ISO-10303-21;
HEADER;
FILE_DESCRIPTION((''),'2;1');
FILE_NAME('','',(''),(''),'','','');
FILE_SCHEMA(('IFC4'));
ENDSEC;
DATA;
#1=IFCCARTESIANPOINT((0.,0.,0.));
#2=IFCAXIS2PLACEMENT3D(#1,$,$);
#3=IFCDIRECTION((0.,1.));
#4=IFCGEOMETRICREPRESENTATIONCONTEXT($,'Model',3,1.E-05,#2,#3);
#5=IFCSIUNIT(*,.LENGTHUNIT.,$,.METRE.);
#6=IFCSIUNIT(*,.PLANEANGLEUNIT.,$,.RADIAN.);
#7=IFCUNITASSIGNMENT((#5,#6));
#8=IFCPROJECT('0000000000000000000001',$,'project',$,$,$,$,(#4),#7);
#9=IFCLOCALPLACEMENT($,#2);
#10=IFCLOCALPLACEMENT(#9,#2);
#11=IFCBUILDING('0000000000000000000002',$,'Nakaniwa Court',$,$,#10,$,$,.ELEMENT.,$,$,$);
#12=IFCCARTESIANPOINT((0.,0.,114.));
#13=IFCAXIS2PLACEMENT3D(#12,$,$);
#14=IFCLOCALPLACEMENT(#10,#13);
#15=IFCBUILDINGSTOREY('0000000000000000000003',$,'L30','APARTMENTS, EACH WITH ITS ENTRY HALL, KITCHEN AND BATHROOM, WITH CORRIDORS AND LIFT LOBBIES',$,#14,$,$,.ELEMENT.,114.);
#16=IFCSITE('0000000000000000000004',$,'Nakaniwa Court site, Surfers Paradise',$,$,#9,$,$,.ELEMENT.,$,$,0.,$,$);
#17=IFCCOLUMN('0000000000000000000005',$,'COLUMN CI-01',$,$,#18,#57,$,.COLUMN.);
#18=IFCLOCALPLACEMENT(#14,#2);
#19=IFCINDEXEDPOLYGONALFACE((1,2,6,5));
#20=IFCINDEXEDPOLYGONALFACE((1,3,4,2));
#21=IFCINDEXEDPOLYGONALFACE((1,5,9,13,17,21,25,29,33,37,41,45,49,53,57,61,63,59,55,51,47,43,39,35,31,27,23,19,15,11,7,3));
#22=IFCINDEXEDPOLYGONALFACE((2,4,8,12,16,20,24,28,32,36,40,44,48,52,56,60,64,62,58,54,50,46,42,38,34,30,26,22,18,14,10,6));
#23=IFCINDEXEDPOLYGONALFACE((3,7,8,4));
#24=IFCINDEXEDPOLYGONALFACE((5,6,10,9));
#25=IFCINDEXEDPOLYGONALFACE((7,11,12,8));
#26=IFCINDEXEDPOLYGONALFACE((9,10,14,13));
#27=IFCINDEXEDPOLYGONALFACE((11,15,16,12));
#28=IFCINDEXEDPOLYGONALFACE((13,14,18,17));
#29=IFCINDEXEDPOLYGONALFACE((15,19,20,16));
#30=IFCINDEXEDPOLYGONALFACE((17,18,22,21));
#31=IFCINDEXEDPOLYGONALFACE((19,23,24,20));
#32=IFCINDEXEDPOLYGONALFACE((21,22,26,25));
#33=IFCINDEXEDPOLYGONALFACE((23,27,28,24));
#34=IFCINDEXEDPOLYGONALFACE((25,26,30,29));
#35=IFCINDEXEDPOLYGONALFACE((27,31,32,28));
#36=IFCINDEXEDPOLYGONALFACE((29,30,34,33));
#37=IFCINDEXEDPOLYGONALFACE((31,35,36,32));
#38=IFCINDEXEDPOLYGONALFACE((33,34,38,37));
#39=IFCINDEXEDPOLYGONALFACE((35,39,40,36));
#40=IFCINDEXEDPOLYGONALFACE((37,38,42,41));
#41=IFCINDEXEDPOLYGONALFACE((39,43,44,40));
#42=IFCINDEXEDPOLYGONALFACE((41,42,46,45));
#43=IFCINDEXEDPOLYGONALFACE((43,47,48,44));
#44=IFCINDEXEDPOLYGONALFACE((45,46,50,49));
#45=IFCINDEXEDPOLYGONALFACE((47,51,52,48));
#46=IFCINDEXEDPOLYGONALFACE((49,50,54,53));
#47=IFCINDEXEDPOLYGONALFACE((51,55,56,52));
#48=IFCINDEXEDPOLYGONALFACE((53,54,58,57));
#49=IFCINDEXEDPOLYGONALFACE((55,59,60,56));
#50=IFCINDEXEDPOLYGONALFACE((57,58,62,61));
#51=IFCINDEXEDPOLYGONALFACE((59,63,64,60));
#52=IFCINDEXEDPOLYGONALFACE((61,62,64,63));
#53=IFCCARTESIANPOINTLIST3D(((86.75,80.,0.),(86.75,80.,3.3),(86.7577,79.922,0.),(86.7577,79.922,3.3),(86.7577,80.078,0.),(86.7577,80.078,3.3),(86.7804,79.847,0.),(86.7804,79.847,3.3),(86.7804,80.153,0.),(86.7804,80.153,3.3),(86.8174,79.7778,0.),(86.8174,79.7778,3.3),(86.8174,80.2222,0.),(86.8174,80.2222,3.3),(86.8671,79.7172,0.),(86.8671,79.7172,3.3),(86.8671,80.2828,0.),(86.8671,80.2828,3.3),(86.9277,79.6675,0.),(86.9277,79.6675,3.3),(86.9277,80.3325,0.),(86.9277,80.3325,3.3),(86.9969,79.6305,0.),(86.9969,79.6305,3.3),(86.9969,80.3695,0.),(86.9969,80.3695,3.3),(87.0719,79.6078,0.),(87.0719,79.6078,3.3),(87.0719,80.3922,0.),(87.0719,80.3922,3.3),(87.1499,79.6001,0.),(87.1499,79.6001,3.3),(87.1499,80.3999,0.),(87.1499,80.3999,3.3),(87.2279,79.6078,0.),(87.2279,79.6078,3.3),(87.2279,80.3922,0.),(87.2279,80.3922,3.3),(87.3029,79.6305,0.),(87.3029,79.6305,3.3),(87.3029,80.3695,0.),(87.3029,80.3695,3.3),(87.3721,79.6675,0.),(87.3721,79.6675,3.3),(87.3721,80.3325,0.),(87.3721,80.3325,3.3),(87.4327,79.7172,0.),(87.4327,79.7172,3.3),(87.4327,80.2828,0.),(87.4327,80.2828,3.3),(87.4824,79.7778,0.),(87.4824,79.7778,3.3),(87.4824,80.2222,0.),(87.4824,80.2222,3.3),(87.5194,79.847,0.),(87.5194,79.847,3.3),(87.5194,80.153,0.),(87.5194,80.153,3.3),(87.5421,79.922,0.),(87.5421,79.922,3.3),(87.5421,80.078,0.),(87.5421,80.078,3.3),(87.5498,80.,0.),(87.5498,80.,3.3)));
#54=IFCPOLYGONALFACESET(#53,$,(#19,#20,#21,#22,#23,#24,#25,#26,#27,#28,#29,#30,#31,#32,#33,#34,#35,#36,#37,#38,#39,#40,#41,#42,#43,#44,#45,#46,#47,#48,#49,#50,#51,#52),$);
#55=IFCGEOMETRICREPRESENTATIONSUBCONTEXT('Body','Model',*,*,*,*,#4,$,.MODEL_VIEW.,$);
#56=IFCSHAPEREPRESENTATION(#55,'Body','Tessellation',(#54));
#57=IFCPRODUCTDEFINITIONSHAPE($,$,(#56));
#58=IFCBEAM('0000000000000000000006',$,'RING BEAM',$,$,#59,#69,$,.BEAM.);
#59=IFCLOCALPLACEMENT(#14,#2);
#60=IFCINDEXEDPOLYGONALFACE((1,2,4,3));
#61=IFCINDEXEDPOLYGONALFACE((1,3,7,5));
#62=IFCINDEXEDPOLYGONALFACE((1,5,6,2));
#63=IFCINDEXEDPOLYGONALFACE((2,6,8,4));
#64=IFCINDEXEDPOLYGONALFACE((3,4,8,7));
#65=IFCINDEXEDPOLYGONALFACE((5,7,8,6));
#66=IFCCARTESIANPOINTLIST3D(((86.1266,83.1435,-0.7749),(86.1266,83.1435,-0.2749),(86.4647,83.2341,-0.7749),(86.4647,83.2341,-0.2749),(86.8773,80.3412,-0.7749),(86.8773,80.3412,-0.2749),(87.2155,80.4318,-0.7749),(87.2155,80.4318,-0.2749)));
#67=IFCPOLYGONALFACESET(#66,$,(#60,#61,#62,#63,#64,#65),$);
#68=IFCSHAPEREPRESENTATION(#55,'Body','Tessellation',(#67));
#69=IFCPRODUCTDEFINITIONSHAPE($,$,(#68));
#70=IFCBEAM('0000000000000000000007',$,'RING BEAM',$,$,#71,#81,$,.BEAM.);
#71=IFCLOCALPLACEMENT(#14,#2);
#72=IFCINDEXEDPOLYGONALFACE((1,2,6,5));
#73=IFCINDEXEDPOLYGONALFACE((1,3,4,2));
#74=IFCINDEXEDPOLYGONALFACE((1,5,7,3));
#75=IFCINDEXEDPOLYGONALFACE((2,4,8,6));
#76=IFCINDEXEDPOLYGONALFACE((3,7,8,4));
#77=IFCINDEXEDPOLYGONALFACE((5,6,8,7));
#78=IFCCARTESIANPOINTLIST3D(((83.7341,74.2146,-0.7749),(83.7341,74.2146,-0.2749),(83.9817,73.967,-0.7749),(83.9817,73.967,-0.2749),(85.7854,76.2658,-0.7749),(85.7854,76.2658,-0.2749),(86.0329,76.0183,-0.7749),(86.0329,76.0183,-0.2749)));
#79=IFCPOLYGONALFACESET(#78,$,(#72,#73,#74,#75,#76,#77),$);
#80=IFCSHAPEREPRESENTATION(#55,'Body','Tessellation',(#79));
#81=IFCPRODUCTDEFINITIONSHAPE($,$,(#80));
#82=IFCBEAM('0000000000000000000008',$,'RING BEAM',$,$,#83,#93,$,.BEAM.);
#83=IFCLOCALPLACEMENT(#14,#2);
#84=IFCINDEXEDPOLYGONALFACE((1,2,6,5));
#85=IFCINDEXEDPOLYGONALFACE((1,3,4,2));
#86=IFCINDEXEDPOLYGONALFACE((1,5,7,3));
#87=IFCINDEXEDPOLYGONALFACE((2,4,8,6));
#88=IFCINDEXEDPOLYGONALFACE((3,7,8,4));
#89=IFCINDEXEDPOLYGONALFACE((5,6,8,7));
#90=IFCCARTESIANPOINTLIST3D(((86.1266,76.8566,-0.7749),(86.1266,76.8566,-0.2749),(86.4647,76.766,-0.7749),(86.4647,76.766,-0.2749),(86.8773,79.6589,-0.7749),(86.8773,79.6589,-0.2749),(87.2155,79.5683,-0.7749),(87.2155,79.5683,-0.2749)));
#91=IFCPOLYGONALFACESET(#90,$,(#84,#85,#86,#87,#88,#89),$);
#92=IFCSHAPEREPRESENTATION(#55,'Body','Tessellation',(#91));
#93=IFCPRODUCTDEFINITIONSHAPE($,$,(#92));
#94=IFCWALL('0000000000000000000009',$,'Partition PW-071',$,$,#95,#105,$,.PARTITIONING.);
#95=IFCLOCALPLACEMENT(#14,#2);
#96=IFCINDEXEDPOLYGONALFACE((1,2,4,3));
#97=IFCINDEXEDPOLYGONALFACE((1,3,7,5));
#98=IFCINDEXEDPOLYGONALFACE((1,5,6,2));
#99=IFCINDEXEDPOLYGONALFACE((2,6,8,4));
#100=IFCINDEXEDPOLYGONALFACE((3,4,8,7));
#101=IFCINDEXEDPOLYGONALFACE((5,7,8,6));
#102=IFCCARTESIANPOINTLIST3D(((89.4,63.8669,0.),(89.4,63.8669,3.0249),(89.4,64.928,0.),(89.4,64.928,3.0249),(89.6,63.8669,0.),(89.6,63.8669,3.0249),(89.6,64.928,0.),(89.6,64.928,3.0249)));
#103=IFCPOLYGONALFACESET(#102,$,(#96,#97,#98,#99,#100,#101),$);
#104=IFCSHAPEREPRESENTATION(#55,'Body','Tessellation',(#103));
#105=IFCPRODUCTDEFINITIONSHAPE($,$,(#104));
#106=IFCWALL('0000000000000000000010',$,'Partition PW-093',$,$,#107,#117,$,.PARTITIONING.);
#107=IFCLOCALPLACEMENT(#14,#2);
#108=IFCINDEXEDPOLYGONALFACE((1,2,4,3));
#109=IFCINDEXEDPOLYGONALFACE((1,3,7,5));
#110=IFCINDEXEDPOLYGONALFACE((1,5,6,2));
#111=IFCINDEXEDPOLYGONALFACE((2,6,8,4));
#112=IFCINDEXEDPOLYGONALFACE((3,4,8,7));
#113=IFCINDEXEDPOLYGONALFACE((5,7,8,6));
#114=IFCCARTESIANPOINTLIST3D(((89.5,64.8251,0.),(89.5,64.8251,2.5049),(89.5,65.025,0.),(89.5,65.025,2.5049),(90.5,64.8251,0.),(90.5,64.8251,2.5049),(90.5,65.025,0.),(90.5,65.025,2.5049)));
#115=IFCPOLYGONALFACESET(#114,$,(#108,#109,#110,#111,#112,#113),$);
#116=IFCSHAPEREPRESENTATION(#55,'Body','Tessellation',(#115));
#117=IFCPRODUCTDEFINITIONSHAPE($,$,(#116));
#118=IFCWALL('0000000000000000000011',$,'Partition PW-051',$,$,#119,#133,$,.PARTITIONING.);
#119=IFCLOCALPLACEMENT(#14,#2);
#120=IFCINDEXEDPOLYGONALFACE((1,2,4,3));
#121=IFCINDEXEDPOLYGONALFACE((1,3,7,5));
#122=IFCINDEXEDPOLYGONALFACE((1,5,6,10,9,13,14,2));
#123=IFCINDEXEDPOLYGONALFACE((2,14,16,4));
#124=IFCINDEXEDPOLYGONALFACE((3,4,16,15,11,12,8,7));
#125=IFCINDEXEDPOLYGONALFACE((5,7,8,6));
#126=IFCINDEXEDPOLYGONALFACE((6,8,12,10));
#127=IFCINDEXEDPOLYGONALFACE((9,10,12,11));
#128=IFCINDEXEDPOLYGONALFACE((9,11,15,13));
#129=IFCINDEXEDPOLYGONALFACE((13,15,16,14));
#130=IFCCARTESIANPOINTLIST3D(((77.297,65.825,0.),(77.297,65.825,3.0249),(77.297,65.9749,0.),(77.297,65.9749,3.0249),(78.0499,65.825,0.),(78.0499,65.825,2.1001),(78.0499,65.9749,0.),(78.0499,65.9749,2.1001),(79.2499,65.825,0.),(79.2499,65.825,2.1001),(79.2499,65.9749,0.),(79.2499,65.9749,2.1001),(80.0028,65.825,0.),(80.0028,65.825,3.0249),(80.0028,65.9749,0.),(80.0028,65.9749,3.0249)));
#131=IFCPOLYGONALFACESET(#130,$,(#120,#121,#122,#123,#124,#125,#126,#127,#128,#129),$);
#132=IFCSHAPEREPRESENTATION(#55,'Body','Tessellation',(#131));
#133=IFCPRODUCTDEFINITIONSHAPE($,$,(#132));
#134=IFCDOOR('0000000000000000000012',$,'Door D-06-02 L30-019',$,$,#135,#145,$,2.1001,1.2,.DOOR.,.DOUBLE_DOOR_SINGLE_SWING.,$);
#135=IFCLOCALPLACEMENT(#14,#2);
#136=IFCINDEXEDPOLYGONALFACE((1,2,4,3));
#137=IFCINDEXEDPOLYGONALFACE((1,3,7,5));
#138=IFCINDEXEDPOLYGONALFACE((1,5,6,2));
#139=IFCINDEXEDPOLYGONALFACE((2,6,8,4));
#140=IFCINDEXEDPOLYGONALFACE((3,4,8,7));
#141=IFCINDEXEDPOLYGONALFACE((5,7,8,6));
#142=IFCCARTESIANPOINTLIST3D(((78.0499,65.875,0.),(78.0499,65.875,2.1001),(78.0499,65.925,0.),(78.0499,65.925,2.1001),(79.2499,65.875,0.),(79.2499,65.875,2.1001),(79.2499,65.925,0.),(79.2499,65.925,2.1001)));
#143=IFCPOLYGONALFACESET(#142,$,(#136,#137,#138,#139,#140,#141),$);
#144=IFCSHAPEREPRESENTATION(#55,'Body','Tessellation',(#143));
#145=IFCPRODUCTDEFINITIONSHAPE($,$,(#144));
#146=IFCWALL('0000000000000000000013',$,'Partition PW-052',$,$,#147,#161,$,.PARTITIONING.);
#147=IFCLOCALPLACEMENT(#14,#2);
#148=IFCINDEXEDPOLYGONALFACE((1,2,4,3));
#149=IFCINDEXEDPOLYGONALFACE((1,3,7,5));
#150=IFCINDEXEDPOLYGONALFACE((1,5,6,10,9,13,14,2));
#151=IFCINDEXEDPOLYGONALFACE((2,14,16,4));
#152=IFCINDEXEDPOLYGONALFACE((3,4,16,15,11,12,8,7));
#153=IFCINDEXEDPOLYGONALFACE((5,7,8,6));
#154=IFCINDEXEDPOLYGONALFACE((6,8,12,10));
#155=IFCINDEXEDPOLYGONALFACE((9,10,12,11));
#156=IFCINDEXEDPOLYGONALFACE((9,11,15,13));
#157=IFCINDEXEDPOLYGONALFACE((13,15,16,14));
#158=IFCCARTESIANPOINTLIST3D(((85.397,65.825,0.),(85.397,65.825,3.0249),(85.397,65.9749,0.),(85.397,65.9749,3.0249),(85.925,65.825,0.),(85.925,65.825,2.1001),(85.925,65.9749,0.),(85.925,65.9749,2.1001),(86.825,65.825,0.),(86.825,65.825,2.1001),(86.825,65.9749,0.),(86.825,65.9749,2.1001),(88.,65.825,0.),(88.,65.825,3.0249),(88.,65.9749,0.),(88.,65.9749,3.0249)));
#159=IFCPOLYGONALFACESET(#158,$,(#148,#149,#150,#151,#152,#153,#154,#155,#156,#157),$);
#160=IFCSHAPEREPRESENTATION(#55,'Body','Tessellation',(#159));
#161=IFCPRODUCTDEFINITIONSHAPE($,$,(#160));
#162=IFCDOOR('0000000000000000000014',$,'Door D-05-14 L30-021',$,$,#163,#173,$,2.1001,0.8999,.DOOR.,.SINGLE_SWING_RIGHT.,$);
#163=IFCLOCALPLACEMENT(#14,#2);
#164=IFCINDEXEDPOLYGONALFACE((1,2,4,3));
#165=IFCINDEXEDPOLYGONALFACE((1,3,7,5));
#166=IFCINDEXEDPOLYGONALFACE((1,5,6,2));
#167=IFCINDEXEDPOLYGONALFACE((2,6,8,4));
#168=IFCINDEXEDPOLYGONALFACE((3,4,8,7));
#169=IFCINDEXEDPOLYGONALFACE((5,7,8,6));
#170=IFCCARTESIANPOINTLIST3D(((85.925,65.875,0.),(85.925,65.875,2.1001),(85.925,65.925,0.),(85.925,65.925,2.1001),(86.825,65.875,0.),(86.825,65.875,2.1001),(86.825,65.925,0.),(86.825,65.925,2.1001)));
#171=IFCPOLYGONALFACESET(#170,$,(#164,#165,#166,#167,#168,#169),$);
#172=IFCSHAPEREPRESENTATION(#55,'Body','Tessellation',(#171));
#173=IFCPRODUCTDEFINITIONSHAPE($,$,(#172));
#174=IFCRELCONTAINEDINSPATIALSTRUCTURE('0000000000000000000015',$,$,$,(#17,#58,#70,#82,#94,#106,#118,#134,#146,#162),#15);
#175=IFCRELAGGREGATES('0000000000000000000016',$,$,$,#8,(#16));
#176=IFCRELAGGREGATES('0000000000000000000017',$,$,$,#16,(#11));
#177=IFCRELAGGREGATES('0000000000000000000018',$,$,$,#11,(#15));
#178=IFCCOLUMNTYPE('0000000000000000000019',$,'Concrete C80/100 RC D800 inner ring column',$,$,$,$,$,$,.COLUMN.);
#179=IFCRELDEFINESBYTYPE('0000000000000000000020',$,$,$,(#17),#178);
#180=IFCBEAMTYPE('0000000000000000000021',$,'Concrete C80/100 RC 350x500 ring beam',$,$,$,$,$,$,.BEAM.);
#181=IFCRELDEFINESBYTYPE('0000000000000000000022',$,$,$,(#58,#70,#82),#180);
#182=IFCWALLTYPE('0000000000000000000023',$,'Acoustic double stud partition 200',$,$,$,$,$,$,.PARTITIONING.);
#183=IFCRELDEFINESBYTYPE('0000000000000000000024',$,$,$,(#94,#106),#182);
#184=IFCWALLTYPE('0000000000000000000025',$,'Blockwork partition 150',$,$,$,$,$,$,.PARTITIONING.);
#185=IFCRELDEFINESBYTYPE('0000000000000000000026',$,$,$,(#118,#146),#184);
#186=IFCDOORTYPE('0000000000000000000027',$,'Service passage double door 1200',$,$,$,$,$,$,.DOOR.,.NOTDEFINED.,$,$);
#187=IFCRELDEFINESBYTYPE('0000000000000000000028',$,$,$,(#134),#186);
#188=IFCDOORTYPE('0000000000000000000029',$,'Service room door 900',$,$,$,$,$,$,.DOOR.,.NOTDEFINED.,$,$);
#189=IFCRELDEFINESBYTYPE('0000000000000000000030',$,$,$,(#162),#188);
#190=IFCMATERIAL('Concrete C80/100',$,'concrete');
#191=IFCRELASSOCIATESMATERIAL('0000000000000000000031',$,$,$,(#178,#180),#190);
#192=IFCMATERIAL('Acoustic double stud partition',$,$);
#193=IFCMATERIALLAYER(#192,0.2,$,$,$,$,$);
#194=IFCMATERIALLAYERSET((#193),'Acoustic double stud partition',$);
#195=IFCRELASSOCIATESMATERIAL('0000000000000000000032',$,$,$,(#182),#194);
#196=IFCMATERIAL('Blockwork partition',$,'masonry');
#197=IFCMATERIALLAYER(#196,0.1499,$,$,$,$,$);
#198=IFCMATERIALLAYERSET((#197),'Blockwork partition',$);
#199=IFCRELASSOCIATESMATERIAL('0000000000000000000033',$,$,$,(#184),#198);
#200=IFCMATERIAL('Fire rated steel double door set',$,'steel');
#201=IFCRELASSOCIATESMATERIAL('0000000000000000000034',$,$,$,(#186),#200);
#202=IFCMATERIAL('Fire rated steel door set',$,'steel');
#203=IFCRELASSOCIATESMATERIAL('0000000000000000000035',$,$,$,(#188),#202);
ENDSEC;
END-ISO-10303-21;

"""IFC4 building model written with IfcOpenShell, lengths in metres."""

from ifc_helpers import new_model, si_unit, direction, frame, frame_2d, origin, origin_2d, place, context, subcontext, project, spatial, rectangle, circle, extrude, material, layer, layer_set, material_profile, profile_set, type_object, element, fill, save


model = new_model("IFC4")

# Units and contexts
model_context = context("Model", 3, precision=1e-05, world=origin(), true_north=direction((0.0, 1.0)))
body_context = subcontext(model_context, "Body", "Model", "MODEL_VIEW")
ifc_project = project(units=[si_unit("LENGTHUNIT", "METRE"), si_unit("PLANEANGLEUNIT", "RADIAN")], contexts=[model_context])

# Site, building, storey
site_placement = place(None, origin())
site = spatial("IfcSite", under=ifc_project, at=site_placement, Name="Nakaniwa Court site, Surfers Paradise", CompositionType="ELEMENT", RefElevation=0.0)
building_placement = place(site_placement, origin())
building = spatial("IfcBuilding", under=site, at=building_placement, Name="Nakaniwa Court", CompositionType="ELEMENT")
storey_placement = place(building_placement, frame((0.0, 0.0, 114.0)))
storey = spatial("IfcBuildingStorey", under=building, at=storey_placement, Name="L30", Description="APARTMENTS, EACH WITH ITS ENTRY HALL, KITCHEN AND BATHROOM, WITH CORRIDORS AND LIFT LOBBIES", CompositionType="ELEMENT", Elevation=114.0)

# Column
ifc_material_1 = material(Name="Concrete C80/100", Category="concrete")
ifc_material_profile_1 = material_profile(ifc_material_1, circle(Radius=0.3999, at=origin_2d()), Name="Concrete C80/100 RC D800 inner ring column")
ifc_profile_set_1 = profile_set([ifc_material_profile_1], Name="Concrete C80/100")
column_type = type_object("IfcColumnType", Name="Concrete C80/100 RC D800 inner ring column", PredefinedType="COLUMN", material=ifc_profile_set_1)
for number, where, z_axis, x_axis, name in (
    (1, (87.1499, 80.0, 0.0), (0.0, 0.0, 1.0), (0.0, 1.0, 0.0), "COLUMN CI-01"),
):
    element("IfcColumn", number, at=place(storey_placement, frame(where, z_axis=z_axis, x_axis=x_axis)), inside=storey, type_object=column_type, Name=name, PredefinedType="COLUMN", context=body_context, shape_type="SweptSolid", body=[
        extrude(circle(Radius=0.3999, at=origin_2d()), origin(), (0.0, 0.0, 1.0), 3.3),
    ])

# Beams
ifc_material_profile_2 = material_profile(ifc_material_1, rectangle(XDim=0.3501, YDim=0.5, at=origin_2d()), Name="Concrete C80/100 RC 350x500 ring beam")
ifc_profile_set_2 = profile_set([ifc_material_profile_2], Name="Concrete C80/100")
beam_type = type_object("IfcBeamType", Name="Concrete C80/100 RC 350x500 ring beam", PredefinedType="BEAM", material=ifc_profile_set_2)
beam_1_placement = place(storey_placement, frame((87.0464, 80.3865, -0.5249), z_axis=(-0.258778, 0.965937, 0.0), x_axis=(-0.965937, -0.258778, 0.0)))
element("IfcBeam", 2, at=beam_1_placement, inside=storey, type_object=beam_type, Name="RING BEAM", PredefinedType="BEAM", context=body_context, shape_type="SweptSolid", body=[
    extrude(rectangle(XDim=0.3501, YDim=0.5, at=origin_2d()), origin(), (0.0, 0.0, 1.0), 2.9011),
])
beam_2_placement = place(storey_placement, frame((83.8579, 74.0908, -0.5249), z_axis=(0.707107, 0.707107, 0.0), x_axis=(-0.707107, 0.707107, 0.0)))
element("IfcBeam", 3, at=beam_2_placement, inside=storey, type_object=beam_type, Name="RING BEAM", PredefinedType="BEAM", context=body_context, shape_type="SweptSolid", body=[
    extrude(rectangle(XDim=0.3501, YDim=0.5, at=origin_2d()), origin(), (0.0, 0.0, 1.0), 2.9009),
])
beam_3_placement = place(storey_placement, frame((86.2957, 76.8113, -0.5249), z_axis=(0.258778, 0.965937, 0.0), x_axis=(-0.965937, 0.258778, 0.0)))
element("IfcBeam", 4, at=beam_3_placement, inside=storey, type_object=beam_type, Name="RING BEAM", PredefinedType="BEAM", context=body_context, shape_type="SweptSolid", body=[
    extrude(rectangle(XDim=0.3501, YDim=0.5, at=origin_2d()), origin(), (0.0, 0.0, 1.0), 2.9011),
])

# Walls
ifc_material_2 = material(Name="Acoustic double stud partition")
ifc_layer_1 = layer(ifc_material_2, 0.2)
ifc_layer_set_1 = layer_set([ifc_layer_1], Name="Acoustic double stud partition")
wall_type_1 = type_object("IfcWallType", Name="Acoustic double stud partition 200", PredefinedType="PARTITIONING", material=ifc_layer_set_1)
wall_1_placement = place(storey_placement, frame((89.5, 63.8669, 0.0), z_axis=(0.0, 0.0, 1.0), x_axis=(0.0, 1.0, 0.0)))
element("IfcWall", 5, at=wall_1_placement, inside=storey, type_object=wall_type_1, Name="Partition PW-071", PredefinedType="PARTITIONING", context=body_context, shape_type="SweptSolid", body=[
    extrude(rectangle(XDim=1.061, YDim=0.2, at=frame_2d((0.5305, 0.0))), origin(), (0.0, 0.0, 1.0), 3.0249),
])
wall_2_placement = place(storey_placement, frame((89.5, 64.925, 0.0), z_axis=(0.0, 0.0, 1.0), x_axis=(1.0, 0.0, 0.0)))
element("IfcWall", 6, at=wall_2_placement, inside=storey, type_object=wall_type_1, Name="Partition PW-093", PredefinedType="PARTITIONING", context=body_context, shape_type="SweptSolid", body=[
    extrude(rectangle(XDim=1.0, YDim=0.2, at=frame_2d((0.5, 0.0))), origin(), (0.0, 0.0, 1.0), 2.5049),
])

# Walls, openings, doors
ifc_material_3 = material(Name="Blockwork partition", Category="masonry")
ifc_layer_2 = layer(ifc_material_3, 0.1499)
ifc_layer_set_2 = layer_set([ifc_layer_2], Name="Blockwork partition")
wall_type_2 = type_object("IfcWallType", Name="Blockwork partition 150", PredefinedType="PARTITIONING", material=ifc_layer_set_2)
wall_3_placement = place(storey_placement, frame((80.0029, 65.8999, 0.0), z_axis=(0.0, 0.0, 1.0), x_axis=(-1.0, 0.0, 0.0)))
wall_3 = element("IfcWall", 7, at=wall_3_placement, inside=storey, type_object=wall_type_2, Name="Partition PW-051", PredefinedType="PARTITIONING", context=body_context, shape_type="SweptSolid", body=[
    extrude(rectangle(XDim=2.7058, YDim=0.1499, at=frame_2d((1.353, 0.0))), origin(), (0.0, 0.0, 1.0), 3.0249),
])
opening_1_placement = place(wall_3_placement, frame((0.7529, 0.0, 0.0)))
opening_1 = element("IfcOpeningElement", 8, at=opening_1_placement, cuts=wall_3, PredefinedType="OPENING", context=body_context, shape_type="SweptSolid", body=[
    extrude(rectangle(XDim=1.2, YDim=2.1001, at=frame_2d((0.6001, 1.05))), frame((0.0, 0.085, 0.0), z_axis=(0.0, -1.0, 0.0), x_axis=(1.0, 0.0, 0.0)), (0.0, 0.0, 1.0), 0.1699),
])
ifc_material_4 = material(Name="Fire rated steel double door set", Category="steel")
door_type_1 = type_object("IfcDoorType", Name="Service passage double door 1200", OperationType="NOTDEFINED", PredefinedType="DOOR", material=ifc_material_4)
door_1_placement = place(opening_1_placement, origin())
door_1 = element("IfcDoor", 9, at=door_1_placement, inside=storey, type_object=door_type_1, Name="Door D-06-02 L30-019", OperationType="DOUBLE_DOOR_SINGLE_SWING", OverallHeight=2.1001, OverallWidth=1.2, PredefinedType="DOOR", context=body_context, shape_type="SweptSolid", body=[
    extrude(rectangle(XDim=1.2, YDim=2.1001, at=frame_2d((0.6001, 1.05))), frame((0.0, 0.0249, 0.0), z_axis=(0.0, -1.0, 0.0), x_axis=(1.0, 0.0, 0.0)), (0.0, 0.0, 1.0), 0.05),
])
fill(opening_1, door_1)
wall_4_placement = place(storey_placement, frame((88.0, 65.8999, 0.0), z_axis=(0.0, 0.0, 1.0), x_axis=(-1.0, 0.0, 0.0)))
wall_4 = element("IfcWall", 10, at=wall_4_placement, inside=storey, type_object=wall_type_2, Name="Partition PW-052", PredefinedType="PARTITIONING", context=body_context, shape_type="SweptSolid", body=[
    extrude(rectangle(XDim=2.603, YDim=0.1499, at=frame_2d((1.3015, 0.0))), origin(), (0.0, 0.0, 1.0), 3.0249),
])
opening_2_placement = place(wall_4_placement, frame((1.175, 0.0, 0.0)))
opening_2 = element("IfcOpeningElement", 11, at=opening_2_placement, cuts=wall_4, PredefinedType="OPENING", context=body_context, shape_type="SweptSolid", body=[
    extrude(rectangle(XDim=0.8999, YDim=2.1001, at=frame_2d((0.45, 1.05))), frame((0.0, 0.085, 0.0), z_axis=(0.0, -1.0, 0.0), x_axis=(1.0, 0.0, 0.0)), (0.0, 0.0, 1.0), 0.1699),
])
ifc_material_5 = material(Name="Fire rated steel door set", Category="steel")
door_type_2 = type_object("IfcDoorType", Name="Service room door 900", OperationType="NOTDEFINED", PredefinedType="DOOR", material=ifc_material_5)
door_2_placement = place(opening_2_placement, origin())
door_2 = element("IfcDoor", 12, at=door_2_placement, inside=storey, type_object=door_type_2, Name="Door D-05-14 L30-021", OperationType="SINGLE_SWING_RIGHT", OverallHeight=2.1001, OverallWidth=0.8999, PredefinedType="DOOR", context=body_context, shape_type="SweptSolid", body=[
    extrude(rectangle(XDim=0.8999, YDim=2.1001, at=frame_2d((0.45, 1.05))), frame((0.0, 0.0249, 0.0), z_axis=(0.0, -1.0, 0.0), x_axis=(1.0, 0.0, 0.0)), (0.0, 0.0, 1.0), 0.05),
])
fill(opening_2, door_2)

save(model, "model.ifc")
